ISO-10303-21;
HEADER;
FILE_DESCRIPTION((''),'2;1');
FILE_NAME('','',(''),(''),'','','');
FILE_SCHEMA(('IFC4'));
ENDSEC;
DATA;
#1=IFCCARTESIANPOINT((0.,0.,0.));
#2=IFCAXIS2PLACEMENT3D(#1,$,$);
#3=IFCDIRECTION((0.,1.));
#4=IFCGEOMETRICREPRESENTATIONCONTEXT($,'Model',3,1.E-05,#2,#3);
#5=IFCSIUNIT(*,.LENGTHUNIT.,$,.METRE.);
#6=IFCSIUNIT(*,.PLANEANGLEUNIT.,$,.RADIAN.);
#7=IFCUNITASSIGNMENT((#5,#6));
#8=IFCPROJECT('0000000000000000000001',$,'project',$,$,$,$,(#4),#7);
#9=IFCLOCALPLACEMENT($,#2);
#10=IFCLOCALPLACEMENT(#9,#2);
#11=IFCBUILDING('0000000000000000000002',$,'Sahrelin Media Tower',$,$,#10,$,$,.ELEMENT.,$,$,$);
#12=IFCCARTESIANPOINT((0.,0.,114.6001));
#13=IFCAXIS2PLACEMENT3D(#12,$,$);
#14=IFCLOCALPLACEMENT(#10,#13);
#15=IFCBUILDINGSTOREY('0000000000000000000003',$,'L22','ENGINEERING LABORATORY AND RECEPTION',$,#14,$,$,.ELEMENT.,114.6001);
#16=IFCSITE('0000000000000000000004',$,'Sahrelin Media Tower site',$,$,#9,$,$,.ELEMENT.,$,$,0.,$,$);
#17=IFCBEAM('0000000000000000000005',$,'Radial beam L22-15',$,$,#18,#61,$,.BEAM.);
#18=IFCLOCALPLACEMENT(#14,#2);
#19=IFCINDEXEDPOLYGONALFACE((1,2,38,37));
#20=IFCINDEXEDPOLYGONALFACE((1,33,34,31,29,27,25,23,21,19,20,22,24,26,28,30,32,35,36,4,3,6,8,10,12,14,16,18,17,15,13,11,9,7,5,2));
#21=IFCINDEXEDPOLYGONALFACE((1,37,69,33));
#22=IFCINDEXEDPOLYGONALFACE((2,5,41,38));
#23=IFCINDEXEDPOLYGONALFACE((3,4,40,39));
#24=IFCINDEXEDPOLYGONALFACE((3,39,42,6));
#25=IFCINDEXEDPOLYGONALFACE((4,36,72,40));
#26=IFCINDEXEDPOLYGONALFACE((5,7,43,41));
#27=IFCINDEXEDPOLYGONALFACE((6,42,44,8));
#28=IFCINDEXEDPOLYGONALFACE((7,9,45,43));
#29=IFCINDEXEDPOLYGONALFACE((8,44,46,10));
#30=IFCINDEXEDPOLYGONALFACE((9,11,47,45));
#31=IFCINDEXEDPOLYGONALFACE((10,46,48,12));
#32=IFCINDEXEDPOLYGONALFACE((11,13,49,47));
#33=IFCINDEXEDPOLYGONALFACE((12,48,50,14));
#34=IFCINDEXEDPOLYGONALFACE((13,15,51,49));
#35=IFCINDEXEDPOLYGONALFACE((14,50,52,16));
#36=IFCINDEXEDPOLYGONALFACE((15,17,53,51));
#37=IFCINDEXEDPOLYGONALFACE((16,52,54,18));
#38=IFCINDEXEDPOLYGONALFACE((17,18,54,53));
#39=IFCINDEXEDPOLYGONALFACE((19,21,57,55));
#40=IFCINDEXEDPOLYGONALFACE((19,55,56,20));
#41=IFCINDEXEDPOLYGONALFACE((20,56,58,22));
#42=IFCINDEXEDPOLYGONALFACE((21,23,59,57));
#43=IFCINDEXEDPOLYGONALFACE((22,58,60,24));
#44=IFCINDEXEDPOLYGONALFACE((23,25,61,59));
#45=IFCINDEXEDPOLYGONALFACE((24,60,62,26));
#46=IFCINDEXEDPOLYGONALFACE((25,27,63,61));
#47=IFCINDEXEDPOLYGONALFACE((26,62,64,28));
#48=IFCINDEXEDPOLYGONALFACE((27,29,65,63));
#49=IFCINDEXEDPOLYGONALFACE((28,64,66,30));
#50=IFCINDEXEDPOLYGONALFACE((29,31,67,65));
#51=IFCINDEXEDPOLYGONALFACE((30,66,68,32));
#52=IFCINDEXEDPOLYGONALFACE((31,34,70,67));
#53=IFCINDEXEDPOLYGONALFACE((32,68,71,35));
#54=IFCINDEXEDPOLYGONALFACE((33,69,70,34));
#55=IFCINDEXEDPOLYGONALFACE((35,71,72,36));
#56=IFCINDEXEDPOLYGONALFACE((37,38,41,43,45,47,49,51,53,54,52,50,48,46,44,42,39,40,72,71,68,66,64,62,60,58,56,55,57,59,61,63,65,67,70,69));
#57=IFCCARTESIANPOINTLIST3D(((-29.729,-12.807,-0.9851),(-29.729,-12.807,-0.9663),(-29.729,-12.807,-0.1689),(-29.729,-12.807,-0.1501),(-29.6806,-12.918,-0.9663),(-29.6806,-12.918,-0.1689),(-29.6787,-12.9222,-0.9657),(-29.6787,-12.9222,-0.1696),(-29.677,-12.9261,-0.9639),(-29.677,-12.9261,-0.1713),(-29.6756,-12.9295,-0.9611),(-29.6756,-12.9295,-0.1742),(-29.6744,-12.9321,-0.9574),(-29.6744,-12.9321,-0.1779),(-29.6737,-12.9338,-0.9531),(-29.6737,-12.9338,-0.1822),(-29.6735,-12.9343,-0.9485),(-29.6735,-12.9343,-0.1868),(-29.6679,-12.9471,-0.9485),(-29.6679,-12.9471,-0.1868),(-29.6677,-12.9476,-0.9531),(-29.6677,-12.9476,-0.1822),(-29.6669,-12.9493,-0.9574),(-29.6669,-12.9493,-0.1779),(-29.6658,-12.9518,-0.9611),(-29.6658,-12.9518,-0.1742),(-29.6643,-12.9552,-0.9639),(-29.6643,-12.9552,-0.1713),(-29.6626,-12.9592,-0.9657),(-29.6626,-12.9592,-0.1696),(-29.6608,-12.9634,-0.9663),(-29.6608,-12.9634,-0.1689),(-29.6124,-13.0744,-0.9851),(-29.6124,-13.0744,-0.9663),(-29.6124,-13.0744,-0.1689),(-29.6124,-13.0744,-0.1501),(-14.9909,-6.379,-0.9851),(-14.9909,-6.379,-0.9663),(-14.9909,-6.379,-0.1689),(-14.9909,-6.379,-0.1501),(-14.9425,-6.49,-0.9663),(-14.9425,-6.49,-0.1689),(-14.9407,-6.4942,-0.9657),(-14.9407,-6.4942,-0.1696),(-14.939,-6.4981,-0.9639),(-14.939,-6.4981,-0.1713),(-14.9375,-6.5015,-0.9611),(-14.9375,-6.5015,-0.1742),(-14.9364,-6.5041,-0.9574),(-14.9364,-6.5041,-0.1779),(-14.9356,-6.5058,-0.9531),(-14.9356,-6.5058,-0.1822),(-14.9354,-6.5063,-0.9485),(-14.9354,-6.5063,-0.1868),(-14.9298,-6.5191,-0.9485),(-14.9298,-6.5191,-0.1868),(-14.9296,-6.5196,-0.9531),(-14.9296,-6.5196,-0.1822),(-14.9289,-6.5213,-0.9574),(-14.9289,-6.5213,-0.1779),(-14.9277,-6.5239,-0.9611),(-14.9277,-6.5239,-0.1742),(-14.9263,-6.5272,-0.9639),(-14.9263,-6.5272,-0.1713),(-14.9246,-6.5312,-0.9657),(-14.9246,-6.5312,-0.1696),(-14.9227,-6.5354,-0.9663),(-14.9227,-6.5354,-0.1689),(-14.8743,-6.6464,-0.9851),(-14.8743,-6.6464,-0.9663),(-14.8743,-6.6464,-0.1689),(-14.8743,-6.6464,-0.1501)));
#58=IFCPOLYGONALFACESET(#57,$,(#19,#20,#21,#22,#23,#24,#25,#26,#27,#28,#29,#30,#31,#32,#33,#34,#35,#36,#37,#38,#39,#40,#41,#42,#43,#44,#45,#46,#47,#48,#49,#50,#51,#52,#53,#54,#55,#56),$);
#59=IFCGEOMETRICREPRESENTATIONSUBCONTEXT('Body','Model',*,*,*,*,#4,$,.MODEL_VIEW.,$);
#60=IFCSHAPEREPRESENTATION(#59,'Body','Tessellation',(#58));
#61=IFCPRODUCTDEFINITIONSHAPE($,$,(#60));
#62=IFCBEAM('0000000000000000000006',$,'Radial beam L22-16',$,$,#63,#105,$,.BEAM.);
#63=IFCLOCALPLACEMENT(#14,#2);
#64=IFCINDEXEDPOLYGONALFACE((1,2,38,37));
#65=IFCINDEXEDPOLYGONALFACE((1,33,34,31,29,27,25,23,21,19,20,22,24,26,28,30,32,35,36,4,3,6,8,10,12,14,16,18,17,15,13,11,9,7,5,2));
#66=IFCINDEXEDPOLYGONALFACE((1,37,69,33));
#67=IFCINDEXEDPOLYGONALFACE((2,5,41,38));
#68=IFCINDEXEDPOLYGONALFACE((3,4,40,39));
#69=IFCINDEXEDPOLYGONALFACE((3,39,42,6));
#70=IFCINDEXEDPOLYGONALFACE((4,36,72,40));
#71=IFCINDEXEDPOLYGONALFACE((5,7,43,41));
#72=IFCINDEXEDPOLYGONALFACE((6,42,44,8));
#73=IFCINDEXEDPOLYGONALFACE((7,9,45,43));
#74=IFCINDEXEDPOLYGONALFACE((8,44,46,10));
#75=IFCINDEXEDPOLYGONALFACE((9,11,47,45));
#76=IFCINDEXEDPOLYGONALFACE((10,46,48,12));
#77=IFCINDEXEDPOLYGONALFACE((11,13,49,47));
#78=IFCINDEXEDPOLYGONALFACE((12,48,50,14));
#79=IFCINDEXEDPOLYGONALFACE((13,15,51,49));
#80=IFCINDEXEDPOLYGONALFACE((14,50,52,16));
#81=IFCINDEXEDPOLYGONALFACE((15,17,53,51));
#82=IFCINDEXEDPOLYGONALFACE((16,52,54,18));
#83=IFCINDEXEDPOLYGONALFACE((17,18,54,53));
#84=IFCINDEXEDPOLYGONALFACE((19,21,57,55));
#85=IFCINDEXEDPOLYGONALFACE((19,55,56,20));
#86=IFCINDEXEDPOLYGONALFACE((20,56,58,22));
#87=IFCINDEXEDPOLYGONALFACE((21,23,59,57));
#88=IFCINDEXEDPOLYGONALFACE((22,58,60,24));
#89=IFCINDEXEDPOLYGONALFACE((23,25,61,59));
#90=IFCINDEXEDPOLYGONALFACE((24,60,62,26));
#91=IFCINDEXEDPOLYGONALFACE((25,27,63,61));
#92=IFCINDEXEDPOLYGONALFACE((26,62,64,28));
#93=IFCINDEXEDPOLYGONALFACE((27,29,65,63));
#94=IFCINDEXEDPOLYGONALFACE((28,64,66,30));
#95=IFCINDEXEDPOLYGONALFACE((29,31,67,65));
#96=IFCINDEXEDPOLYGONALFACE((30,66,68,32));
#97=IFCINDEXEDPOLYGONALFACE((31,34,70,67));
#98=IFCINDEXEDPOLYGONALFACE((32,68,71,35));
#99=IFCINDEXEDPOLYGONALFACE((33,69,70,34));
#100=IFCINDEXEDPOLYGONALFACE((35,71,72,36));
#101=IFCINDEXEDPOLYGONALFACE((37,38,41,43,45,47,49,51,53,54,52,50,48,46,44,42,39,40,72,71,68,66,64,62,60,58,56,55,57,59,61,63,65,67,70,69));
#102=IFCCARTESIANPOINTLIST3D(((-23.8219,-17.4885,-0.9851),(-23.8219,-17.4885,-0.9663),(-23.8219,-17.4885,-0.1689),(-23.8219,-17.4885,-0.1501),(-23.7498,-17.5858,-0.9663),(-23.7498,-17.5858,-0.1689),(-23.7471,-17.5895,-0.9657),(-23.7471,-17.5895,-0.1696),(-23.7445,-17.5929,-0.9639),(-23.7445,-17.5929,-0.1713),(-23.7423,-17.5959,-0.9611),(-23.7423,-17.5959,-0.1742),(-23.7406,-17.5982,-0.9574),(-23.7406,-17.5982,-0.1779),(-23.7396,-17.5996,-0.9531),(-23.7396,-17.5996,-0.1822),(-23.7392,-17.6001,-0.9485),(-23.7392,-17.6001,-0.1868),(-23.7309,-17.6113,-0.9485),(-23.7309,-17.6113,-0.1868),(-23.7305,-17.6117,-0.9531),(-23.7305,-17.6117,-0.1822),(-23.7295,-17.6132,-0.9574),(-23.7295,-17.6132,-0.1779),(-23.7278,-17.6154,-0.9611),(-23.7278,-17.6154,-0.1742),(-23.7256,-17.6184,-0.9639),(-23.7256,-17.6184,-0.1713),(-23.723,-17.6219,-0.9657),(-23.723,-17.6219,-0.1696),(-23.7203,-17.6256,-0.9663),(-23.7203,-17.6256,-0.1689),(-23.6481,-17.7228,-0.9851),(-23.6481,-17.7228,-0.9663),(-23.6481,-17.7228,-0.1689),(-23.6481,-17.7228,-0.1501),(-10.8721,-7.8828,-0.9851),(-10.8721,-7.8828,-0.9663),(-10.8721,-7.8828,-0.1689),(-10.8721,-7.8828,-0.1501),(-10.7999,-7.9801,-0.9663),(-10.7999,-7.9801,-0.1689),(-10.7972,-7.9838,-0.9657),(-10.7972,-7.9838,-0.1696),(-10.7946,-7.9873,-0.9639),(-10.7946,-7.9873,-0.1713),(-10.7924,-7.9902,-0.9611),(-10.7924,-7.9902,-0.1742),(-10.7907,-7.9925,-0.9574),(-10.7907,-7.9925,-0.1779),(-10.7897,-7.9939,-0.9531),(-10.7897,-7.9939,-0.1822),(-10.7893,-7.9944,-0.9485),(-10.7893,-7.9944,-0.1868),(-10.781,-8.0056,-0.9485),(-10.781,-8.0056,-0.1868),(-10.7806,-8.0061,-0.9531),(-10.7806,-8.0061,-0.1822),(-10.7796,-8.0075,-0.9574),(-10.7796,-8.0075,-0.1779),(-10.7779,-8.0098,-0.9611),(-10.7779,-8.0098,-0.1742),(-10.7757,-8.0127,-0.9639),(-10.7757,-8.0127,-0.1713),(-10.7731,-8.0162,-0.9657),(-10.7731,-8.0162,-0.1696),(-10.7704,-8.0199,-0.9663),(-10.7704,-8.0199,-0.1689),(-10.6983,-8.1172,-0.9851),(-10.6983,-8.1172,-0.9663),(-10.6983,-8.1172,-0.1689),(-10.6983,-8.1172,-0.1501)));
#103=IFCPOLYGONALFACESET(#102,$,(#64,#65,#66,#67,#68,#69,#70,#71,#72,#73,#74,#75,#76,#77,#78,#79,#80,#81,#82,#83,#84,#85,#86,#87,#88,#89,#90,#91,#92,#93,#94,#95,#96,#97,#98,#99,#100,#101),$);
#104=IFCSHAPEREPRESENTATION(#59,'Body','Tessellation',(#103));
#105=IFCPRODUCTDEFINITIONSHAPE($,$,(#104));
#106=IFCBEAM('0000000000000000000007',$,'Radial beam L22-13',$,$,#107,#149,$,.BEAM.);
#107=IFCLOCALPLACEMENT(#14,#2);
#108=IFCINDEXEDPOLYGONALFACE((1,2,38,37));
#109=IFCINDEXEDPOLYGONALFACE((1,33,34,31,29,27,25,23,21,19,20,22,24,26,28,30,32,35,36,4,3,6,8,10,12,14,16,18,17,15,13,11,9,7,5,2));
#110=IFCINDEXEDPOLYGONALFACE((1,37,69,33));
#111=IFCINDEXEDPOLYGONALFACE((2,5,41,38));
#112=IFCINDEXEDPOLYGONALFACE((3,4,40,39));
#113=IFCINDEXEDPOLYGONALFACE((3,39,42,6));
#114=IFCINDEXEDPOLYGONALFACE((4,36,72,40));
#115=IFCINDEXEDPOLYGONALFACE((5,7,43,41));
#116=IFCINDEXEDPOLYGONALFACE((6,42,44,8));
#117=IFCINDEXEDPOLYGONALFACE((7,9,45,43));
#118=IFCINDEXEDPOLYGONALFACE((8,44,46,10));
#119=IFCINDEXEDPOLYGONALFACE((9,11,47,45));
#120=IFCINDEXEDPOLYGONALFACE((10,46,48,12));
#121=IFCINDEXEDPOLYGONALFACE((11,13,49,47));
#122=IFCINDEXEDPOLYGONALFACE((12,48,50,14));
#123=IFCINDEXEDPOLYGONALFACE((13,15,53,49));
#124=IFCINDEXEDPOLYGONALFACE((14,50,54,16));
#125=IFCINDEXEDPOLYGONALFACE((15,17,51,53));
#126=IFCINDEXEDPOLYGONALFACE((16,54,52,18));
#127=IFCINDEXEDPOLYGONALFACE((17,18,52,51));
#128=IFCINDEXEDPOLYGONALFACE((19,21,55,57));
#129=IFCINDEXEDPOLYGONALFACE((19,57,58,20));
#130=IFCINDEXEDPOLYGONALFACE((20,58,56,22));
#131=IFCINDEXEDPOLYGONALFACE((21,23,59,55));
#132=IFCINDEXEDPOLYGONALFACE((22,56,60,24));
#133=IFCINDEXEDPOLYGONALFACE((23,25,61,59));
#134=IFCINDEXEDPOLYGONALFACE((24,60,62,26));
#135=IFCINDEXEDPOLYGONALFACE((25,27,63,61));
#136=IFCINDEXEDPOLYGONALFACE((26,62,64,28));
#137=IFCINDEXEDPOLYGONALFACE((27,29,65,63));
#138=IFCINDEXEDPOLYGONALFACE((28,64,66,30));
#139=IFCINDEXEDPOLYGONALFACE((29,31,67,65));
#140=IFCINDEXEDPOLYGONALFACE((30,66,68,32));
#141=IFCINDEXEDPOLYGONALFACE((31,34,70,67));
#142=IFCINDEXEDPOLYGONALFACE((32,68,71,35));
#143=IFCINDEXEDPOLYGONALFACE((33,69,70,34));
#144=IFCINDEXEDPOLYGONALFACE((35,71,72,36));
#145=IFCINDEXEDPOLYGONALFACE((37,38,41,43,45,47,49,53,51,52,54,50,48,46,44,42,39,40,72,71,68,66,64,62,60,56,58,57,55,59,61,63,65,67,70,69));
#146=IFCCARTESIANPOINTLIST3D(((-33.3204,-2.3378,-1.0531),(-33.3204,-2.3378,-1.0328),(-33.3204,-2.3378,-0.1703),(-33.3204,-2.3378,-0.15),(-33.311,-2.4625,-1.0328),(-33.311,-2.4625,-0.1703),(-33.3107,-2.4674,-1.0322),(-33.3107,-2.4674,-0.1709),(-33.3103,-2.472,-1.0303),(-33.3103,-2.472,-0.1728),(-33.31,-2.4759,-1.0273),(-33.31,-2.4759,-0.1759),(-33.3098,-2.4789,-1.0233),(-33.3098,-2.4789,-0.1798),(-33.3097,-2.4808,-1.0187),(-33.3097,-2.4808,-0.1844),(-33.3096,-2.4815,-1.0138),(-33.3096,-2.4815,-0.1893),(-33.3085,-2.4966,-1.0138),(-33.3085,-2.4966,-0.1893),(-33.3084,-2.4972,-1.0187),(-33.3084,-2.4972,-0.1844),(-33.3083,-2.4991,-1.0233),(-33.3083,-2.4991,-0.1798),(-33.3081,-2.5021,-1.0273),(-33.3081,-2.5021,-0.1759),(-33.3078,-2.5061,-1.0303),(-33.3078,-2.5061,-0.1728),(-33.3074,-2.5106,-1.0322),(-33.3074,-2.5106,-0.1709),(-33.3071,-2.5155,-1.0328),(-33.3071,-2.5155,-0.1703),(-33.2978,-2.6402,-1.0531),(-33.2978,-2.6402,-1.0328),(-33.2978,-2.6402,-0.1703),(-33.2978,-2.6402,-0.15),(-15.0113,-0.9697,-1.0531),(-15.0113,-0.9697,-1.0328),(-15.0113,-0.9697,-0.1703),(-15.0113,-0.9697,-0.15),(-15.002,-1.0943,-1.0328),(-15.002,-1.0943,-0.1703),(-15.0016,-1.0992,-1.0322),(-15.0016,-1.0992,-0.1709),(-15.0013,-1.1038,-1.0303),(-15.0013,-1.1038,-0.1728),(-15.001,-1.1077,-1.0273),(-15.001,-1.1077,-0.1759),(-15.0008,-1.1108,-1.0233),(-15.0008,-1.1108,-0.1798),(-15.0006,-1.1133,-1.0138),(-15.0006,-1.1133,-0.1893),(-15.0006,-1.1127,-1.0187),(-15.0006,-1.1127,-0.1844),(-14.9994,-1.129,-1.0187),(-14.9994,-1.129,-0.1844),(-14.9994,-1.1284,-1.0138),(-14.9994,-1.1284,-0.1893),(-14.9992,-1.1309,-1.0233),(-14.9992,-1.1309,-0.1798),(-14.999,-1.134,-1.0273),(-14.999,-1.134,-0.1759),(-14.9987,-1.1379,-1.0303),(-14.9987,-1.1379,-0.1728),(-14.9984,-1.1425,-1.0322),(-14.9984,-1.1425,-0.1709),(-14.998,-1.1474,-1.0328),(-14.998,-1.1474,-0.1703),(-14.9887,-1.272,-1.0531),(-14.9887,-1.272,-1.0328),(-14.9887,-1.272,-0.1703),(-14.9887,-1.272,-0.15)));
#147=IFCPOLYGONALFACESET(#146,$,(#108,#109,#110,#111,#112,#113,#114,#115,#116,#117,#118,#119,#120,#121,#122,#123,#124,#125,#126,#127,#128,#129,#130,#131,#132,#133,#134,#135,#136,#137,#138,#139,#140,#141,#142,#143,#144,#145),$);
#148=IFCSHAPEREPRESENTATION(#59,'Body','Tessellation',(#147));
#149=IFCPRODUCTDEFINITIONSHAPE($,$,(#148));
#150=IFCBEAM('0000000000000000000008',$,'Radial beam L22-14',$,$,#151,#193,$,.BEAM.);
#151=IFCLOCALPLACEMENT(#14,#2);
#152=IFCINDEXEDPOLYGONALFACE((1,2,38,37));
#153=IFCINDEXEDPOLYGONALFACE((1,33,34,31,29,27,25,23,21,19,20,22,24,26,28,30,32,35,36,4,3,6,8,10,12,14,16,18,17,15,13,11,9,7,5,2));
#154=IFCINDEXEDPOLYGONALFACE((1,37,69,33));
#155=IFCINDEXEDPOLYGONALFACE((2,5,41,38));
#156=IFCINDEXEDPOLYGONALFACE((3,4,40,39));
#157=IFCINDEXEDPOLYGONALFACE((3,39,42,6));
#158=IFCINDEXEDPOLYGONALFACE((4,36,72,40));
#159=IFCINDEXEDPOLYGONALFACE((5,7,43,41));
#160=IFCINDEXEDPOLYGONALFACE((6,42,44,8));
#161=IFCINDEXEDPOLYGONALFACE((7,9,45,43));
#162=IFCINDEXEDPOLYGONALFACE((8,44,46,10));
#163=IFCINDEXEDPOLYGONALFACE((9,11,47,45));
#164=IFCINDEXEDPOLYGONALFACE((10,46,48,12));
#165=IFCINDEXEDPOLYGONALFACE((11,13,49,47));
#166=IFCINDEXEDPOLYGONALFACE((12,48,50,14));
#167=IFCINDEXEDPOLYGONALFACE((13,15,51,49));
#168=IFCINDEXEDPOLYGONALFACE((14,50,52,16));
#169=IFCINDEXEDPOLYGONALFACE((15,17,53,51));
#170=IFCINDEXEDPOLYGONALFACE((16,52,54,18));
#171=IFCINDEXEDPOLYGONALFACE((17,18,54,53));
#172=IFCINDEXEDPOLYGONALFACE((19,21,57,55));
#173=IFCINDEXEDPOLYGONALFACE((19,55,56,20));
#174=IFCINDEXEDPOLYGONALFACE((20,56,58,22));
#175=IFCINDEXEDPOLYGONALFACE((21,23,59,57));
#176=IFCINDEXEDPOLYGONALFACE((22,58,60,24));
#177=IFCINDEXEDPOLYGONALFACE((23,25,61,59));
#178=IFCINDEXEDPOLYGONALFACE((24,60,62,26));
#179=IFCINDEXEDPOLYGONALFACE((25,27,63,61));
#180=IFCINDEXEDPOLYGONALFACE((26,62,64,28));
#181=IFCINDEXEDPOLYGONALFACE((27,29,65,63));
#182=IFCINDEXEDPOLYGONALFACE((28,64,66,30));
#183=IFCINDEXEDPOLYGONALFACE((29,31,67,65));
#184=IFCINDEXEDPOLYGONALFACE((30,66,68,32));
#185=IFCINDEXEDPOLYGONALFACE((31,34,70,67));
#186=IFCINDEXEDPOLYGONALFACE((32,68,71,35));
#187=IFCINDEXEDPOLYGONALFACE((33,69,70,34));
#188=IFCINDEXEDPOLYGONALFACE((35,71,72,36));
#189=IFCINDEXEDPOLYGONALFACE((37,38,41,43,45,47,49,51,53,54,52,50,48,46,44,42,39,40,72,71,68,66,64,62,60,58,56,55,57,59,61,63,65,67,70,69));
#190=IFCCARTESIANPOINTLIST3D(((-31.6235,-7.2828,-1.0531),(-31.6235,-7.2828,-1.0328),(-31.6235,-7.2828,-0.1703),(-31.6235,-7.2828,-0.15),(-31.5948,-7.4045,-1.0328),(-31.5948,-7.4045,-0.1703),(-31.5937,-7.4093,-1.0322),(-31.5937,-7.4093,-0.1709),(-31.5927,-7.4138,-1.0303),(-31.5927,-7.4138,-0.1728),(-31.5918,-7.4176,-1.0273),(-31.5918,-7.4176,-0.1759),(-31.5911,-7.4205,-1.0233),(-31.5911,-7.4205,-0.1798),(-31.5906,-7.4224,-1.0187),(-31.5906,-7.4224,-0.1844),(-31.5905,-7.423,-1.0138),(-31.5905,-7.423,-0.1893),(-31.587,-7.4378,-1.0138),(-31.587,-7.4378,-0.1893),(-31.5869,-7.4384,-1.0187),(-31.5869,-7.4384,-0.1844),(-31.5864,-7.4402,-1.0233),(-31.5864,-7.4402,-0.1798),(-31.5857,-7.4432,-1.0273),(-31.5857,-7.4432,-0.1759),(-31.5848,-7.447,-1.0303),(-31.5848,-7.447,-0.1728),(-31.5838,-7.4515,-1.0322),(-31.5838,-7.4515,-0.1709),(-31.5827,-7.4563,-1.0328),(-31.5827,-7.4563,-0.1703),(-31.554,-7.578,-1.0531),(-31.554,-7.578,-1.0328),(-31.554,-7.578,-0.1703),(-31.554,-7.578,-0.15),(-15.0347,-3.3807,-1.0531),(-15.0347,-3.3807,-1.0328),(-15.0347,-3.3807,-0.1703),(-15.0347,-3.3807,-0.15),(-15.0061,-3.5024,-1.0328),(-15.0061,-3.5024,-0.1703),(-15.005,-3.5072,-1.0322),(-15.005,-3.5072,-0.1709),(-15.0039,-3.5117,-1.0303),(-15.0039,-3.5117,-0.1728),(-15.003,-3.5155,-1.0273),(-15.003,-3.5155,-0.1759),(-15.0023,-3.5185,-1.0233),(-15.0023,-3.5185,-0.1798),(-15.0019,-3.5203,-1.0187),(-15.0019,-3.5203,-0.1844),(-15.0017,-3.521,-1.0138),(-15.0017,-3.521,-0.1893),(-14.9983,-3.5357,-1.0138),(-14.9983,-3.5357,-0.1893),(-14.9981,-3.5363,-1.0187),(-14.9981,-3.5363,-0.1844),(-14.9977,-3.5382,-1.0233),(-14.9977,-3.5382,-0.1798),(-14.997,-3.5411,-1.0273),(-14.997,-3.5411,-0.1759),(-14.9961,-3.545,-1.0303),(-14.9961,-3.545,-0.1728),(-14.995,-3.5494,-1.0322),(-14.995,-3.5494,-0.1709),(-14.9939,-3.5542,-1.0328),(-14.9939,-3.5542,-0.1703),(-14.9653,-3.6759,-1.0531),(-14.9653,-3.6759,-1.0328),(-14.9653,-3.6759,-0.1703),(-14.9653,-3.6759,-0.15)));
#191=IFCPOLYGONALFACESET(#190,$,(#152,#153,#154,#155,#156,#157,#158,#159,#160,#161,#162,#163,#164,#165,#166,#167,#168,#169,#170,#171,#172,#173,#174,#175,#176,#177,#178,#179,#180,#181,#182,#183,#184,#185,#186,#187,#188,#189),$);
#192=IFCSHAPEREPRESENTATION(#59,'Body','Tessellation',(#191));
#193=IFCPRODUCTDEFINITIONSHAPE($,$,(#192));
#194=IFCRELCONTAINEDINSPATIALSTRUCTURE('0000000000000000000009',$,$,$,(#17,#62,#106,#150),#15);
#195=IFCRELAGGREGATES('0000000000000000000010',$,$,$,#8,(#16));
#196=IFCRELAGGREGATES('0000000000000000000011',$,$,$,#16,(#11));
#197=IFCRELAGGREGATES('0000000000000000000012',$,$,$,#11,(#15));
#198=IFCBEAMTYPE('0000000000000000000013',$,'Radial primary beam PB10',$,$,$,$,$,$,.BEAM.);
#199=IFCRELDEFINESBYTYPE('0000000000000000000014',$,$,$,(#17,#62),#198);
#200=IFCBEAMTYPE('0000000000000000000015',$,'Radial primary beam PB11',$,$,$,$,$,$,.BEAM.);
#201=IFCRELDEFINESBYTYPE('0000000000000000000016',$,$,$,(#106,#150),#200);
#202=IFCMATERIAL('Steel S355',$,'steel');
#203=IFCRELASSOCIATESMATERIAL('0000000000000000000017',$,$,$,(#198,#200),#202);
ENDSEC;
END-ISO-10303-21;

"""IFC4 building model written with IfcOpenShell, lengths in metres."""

from ifc_helpers import new_model, si_unit, direction, frame, origin, origin_2d, place, context, subcontext, project, spatial, i_section, extrude, material, material_profile, profile_set, type_object, element, save


model = new_model("IFC4")

# Units and contexts
model_context = context("Model", 3, precision=1e-05, world=origin(), true_north=direction((0.0, 1.0)))
body_context = subcontext(model_context, "Body", "Model", "MODEL_VIEW")
ifc_project = project(units=[si_unit("LENGTHUNIT", "METRE"), si_unit("PLANEANGLEUNIT", "RADIAN")], contexts=[model_context])

# Site, building, storey
site_placement = place(None, origin())
site = spatial("IfcSite", under=ifc_project, at=site_placement, Name="Sahrelin Media Tower site", CompositionType="ELEMENT", RefElevation=0.0)
building_placement = place(site_placement, origin())
building = spatial("IfcBuilding", under=site, at=building_placement, Name="Sahrelin Media Tower", CompositionType="ELEMENT")
storey_placement = place(building_placement, frame((0.0, 0.0, 114.6001)))
storey = spatial("IfcBuildingStorey", under=building, at=storey_placement, Name="L22", Description="ENGINEERING LABORATORY AND RECEPTION", CompositionType="ELEMENT", Elevation=114.6001)

# Beams
ifc_material_1 = material(Name="Steel S355", Category="steel")
ifc_material_profile_1 = material_profile(ifc_material_1, i_section(OverallWidth=0.2917, OverallDepth=0.835, WebThickness=0.0139, FlangeThickness=0.0188, FilletRadius=0.0178, at=origin_2d()), Name="UB 838x292x176")
ifc_profile_set_1 = profile_set([ifc_material_profile_1], Name="Steel S355")
beam_type_1 = type_object("IfcBeamType", Name="Radial primary beam PB10", PredefinedType="BEAM", material=ifc_profile_set_1)
beam_1_placement = place(storey_placement, frame((-14.9326, -6.5127, -0.5676), z_axis=(-0.916612, -0.399779, 0.0), x_axis=(0.399779, -0.916612, 0.0)))
element("IfcBeam", 1, at=beam_1_placement, inside=storey, type_object=beam_type_1, Name="Radial beam L22-15", PredefinedType="BEAM", context=body_context, shape_type="SweptSolid", body=[
    extrude(i_section(OverallWidth=0.2917, OverallDepth=0.835, WebThickness=0.0139, FlangeThickness=0.0188, FilletRadius=0.0178, at=origin_2d()), origin(), (0.0, 0.0, 1.0), 16.0789),
])
beam_2_placement = place(storey_placement, frame((-10.7852, -8.0, -0.5676), z_axis=(-0.803167, -0.595754, 0.0), x_axis=(0.595754, -0.803167, 0.0)))
element("IfcBeam", 2, at=beam_2_placement, inside=storey, type_object=beam_type_1, Name="Radial beam L22-16", PredefinedType="BEAM", context=body_context, shape_type="SweptSolid", body=[
    extrude(i_section(OverallWidth=0.2917, OverallDepth=0.835, WebThickness=0.0139, FlangeThickness=0.0188, FilletRadius=0.0178, at=origin_2d()), origin(), (0.0, 0.0, 1.0), 16.1235),
])
ifc_material_profile_2 = material_profile(ifc_material_1, i_section(OverallWidth=0.3032, OverallDepth=0.9031, WebThickness=0.0151, FlangeThickness=0.0203, FilletRadius=0.019, at=origin_2d()), Name="UB 914x305x201")
ifc_profile_set_2 = profile_set([ifc_material_profile_2], Name="Steel S355")
beam_type_2 = type_object("IfcBeamType", Name="Radial primary beam PB11", PredefinedType="BEAM", material=ifc_profile_set_2)
beam_3_placement = place(storey_placement, frame((-15.0, -1.1208, -0.6016), z_axis=(-0.99722, -0.074518, 0.0), x_axis=(0.074518, -0.99722, 0.0)))
element("IfcBeam", 3, at=beam_3_placement, inside=storey, type_object=beam_type_2, Name="Radial beam L22-13", PredefinedType="BEAM", context=body_context, shape_type="SweptSolid", body=[
    extrude(i_section(OverallWidth=0.3032, OverallDepth=0.9031, WebThickness=0.0151, FlangeThickness=0.0203, FilletRadius=0.019, at=origin_2d()), origin(), (0.0, 0.0, 1.0), 18.3601),
])
beam_4_placement = place(storey_placement, frame((-15.0, -3.5283, -0.6016), z_axis=(-0.973432, -0.228975, 0.0), x_axis=(0.228975, -0.973432, 0.0)))
element("IfcBeam", 4, at=beam_4_placement, inside=storey, type_object=beam_type_2, Name="Radial beam L22-14", PredefinedType="BEAM", context=body_context, shape_type="SweptSolid", body=[
    extrude(i_section(OverallWidth=0.3032, OverallDepth=0.9031, WebThickness=0.0151, FlangeThickness=0.0203, FilletRadius=0.019, at=origin_2d()), origin(), (0.0, 0.0, 1.0), 17.0415),
])

save(model, "model.ifc")
